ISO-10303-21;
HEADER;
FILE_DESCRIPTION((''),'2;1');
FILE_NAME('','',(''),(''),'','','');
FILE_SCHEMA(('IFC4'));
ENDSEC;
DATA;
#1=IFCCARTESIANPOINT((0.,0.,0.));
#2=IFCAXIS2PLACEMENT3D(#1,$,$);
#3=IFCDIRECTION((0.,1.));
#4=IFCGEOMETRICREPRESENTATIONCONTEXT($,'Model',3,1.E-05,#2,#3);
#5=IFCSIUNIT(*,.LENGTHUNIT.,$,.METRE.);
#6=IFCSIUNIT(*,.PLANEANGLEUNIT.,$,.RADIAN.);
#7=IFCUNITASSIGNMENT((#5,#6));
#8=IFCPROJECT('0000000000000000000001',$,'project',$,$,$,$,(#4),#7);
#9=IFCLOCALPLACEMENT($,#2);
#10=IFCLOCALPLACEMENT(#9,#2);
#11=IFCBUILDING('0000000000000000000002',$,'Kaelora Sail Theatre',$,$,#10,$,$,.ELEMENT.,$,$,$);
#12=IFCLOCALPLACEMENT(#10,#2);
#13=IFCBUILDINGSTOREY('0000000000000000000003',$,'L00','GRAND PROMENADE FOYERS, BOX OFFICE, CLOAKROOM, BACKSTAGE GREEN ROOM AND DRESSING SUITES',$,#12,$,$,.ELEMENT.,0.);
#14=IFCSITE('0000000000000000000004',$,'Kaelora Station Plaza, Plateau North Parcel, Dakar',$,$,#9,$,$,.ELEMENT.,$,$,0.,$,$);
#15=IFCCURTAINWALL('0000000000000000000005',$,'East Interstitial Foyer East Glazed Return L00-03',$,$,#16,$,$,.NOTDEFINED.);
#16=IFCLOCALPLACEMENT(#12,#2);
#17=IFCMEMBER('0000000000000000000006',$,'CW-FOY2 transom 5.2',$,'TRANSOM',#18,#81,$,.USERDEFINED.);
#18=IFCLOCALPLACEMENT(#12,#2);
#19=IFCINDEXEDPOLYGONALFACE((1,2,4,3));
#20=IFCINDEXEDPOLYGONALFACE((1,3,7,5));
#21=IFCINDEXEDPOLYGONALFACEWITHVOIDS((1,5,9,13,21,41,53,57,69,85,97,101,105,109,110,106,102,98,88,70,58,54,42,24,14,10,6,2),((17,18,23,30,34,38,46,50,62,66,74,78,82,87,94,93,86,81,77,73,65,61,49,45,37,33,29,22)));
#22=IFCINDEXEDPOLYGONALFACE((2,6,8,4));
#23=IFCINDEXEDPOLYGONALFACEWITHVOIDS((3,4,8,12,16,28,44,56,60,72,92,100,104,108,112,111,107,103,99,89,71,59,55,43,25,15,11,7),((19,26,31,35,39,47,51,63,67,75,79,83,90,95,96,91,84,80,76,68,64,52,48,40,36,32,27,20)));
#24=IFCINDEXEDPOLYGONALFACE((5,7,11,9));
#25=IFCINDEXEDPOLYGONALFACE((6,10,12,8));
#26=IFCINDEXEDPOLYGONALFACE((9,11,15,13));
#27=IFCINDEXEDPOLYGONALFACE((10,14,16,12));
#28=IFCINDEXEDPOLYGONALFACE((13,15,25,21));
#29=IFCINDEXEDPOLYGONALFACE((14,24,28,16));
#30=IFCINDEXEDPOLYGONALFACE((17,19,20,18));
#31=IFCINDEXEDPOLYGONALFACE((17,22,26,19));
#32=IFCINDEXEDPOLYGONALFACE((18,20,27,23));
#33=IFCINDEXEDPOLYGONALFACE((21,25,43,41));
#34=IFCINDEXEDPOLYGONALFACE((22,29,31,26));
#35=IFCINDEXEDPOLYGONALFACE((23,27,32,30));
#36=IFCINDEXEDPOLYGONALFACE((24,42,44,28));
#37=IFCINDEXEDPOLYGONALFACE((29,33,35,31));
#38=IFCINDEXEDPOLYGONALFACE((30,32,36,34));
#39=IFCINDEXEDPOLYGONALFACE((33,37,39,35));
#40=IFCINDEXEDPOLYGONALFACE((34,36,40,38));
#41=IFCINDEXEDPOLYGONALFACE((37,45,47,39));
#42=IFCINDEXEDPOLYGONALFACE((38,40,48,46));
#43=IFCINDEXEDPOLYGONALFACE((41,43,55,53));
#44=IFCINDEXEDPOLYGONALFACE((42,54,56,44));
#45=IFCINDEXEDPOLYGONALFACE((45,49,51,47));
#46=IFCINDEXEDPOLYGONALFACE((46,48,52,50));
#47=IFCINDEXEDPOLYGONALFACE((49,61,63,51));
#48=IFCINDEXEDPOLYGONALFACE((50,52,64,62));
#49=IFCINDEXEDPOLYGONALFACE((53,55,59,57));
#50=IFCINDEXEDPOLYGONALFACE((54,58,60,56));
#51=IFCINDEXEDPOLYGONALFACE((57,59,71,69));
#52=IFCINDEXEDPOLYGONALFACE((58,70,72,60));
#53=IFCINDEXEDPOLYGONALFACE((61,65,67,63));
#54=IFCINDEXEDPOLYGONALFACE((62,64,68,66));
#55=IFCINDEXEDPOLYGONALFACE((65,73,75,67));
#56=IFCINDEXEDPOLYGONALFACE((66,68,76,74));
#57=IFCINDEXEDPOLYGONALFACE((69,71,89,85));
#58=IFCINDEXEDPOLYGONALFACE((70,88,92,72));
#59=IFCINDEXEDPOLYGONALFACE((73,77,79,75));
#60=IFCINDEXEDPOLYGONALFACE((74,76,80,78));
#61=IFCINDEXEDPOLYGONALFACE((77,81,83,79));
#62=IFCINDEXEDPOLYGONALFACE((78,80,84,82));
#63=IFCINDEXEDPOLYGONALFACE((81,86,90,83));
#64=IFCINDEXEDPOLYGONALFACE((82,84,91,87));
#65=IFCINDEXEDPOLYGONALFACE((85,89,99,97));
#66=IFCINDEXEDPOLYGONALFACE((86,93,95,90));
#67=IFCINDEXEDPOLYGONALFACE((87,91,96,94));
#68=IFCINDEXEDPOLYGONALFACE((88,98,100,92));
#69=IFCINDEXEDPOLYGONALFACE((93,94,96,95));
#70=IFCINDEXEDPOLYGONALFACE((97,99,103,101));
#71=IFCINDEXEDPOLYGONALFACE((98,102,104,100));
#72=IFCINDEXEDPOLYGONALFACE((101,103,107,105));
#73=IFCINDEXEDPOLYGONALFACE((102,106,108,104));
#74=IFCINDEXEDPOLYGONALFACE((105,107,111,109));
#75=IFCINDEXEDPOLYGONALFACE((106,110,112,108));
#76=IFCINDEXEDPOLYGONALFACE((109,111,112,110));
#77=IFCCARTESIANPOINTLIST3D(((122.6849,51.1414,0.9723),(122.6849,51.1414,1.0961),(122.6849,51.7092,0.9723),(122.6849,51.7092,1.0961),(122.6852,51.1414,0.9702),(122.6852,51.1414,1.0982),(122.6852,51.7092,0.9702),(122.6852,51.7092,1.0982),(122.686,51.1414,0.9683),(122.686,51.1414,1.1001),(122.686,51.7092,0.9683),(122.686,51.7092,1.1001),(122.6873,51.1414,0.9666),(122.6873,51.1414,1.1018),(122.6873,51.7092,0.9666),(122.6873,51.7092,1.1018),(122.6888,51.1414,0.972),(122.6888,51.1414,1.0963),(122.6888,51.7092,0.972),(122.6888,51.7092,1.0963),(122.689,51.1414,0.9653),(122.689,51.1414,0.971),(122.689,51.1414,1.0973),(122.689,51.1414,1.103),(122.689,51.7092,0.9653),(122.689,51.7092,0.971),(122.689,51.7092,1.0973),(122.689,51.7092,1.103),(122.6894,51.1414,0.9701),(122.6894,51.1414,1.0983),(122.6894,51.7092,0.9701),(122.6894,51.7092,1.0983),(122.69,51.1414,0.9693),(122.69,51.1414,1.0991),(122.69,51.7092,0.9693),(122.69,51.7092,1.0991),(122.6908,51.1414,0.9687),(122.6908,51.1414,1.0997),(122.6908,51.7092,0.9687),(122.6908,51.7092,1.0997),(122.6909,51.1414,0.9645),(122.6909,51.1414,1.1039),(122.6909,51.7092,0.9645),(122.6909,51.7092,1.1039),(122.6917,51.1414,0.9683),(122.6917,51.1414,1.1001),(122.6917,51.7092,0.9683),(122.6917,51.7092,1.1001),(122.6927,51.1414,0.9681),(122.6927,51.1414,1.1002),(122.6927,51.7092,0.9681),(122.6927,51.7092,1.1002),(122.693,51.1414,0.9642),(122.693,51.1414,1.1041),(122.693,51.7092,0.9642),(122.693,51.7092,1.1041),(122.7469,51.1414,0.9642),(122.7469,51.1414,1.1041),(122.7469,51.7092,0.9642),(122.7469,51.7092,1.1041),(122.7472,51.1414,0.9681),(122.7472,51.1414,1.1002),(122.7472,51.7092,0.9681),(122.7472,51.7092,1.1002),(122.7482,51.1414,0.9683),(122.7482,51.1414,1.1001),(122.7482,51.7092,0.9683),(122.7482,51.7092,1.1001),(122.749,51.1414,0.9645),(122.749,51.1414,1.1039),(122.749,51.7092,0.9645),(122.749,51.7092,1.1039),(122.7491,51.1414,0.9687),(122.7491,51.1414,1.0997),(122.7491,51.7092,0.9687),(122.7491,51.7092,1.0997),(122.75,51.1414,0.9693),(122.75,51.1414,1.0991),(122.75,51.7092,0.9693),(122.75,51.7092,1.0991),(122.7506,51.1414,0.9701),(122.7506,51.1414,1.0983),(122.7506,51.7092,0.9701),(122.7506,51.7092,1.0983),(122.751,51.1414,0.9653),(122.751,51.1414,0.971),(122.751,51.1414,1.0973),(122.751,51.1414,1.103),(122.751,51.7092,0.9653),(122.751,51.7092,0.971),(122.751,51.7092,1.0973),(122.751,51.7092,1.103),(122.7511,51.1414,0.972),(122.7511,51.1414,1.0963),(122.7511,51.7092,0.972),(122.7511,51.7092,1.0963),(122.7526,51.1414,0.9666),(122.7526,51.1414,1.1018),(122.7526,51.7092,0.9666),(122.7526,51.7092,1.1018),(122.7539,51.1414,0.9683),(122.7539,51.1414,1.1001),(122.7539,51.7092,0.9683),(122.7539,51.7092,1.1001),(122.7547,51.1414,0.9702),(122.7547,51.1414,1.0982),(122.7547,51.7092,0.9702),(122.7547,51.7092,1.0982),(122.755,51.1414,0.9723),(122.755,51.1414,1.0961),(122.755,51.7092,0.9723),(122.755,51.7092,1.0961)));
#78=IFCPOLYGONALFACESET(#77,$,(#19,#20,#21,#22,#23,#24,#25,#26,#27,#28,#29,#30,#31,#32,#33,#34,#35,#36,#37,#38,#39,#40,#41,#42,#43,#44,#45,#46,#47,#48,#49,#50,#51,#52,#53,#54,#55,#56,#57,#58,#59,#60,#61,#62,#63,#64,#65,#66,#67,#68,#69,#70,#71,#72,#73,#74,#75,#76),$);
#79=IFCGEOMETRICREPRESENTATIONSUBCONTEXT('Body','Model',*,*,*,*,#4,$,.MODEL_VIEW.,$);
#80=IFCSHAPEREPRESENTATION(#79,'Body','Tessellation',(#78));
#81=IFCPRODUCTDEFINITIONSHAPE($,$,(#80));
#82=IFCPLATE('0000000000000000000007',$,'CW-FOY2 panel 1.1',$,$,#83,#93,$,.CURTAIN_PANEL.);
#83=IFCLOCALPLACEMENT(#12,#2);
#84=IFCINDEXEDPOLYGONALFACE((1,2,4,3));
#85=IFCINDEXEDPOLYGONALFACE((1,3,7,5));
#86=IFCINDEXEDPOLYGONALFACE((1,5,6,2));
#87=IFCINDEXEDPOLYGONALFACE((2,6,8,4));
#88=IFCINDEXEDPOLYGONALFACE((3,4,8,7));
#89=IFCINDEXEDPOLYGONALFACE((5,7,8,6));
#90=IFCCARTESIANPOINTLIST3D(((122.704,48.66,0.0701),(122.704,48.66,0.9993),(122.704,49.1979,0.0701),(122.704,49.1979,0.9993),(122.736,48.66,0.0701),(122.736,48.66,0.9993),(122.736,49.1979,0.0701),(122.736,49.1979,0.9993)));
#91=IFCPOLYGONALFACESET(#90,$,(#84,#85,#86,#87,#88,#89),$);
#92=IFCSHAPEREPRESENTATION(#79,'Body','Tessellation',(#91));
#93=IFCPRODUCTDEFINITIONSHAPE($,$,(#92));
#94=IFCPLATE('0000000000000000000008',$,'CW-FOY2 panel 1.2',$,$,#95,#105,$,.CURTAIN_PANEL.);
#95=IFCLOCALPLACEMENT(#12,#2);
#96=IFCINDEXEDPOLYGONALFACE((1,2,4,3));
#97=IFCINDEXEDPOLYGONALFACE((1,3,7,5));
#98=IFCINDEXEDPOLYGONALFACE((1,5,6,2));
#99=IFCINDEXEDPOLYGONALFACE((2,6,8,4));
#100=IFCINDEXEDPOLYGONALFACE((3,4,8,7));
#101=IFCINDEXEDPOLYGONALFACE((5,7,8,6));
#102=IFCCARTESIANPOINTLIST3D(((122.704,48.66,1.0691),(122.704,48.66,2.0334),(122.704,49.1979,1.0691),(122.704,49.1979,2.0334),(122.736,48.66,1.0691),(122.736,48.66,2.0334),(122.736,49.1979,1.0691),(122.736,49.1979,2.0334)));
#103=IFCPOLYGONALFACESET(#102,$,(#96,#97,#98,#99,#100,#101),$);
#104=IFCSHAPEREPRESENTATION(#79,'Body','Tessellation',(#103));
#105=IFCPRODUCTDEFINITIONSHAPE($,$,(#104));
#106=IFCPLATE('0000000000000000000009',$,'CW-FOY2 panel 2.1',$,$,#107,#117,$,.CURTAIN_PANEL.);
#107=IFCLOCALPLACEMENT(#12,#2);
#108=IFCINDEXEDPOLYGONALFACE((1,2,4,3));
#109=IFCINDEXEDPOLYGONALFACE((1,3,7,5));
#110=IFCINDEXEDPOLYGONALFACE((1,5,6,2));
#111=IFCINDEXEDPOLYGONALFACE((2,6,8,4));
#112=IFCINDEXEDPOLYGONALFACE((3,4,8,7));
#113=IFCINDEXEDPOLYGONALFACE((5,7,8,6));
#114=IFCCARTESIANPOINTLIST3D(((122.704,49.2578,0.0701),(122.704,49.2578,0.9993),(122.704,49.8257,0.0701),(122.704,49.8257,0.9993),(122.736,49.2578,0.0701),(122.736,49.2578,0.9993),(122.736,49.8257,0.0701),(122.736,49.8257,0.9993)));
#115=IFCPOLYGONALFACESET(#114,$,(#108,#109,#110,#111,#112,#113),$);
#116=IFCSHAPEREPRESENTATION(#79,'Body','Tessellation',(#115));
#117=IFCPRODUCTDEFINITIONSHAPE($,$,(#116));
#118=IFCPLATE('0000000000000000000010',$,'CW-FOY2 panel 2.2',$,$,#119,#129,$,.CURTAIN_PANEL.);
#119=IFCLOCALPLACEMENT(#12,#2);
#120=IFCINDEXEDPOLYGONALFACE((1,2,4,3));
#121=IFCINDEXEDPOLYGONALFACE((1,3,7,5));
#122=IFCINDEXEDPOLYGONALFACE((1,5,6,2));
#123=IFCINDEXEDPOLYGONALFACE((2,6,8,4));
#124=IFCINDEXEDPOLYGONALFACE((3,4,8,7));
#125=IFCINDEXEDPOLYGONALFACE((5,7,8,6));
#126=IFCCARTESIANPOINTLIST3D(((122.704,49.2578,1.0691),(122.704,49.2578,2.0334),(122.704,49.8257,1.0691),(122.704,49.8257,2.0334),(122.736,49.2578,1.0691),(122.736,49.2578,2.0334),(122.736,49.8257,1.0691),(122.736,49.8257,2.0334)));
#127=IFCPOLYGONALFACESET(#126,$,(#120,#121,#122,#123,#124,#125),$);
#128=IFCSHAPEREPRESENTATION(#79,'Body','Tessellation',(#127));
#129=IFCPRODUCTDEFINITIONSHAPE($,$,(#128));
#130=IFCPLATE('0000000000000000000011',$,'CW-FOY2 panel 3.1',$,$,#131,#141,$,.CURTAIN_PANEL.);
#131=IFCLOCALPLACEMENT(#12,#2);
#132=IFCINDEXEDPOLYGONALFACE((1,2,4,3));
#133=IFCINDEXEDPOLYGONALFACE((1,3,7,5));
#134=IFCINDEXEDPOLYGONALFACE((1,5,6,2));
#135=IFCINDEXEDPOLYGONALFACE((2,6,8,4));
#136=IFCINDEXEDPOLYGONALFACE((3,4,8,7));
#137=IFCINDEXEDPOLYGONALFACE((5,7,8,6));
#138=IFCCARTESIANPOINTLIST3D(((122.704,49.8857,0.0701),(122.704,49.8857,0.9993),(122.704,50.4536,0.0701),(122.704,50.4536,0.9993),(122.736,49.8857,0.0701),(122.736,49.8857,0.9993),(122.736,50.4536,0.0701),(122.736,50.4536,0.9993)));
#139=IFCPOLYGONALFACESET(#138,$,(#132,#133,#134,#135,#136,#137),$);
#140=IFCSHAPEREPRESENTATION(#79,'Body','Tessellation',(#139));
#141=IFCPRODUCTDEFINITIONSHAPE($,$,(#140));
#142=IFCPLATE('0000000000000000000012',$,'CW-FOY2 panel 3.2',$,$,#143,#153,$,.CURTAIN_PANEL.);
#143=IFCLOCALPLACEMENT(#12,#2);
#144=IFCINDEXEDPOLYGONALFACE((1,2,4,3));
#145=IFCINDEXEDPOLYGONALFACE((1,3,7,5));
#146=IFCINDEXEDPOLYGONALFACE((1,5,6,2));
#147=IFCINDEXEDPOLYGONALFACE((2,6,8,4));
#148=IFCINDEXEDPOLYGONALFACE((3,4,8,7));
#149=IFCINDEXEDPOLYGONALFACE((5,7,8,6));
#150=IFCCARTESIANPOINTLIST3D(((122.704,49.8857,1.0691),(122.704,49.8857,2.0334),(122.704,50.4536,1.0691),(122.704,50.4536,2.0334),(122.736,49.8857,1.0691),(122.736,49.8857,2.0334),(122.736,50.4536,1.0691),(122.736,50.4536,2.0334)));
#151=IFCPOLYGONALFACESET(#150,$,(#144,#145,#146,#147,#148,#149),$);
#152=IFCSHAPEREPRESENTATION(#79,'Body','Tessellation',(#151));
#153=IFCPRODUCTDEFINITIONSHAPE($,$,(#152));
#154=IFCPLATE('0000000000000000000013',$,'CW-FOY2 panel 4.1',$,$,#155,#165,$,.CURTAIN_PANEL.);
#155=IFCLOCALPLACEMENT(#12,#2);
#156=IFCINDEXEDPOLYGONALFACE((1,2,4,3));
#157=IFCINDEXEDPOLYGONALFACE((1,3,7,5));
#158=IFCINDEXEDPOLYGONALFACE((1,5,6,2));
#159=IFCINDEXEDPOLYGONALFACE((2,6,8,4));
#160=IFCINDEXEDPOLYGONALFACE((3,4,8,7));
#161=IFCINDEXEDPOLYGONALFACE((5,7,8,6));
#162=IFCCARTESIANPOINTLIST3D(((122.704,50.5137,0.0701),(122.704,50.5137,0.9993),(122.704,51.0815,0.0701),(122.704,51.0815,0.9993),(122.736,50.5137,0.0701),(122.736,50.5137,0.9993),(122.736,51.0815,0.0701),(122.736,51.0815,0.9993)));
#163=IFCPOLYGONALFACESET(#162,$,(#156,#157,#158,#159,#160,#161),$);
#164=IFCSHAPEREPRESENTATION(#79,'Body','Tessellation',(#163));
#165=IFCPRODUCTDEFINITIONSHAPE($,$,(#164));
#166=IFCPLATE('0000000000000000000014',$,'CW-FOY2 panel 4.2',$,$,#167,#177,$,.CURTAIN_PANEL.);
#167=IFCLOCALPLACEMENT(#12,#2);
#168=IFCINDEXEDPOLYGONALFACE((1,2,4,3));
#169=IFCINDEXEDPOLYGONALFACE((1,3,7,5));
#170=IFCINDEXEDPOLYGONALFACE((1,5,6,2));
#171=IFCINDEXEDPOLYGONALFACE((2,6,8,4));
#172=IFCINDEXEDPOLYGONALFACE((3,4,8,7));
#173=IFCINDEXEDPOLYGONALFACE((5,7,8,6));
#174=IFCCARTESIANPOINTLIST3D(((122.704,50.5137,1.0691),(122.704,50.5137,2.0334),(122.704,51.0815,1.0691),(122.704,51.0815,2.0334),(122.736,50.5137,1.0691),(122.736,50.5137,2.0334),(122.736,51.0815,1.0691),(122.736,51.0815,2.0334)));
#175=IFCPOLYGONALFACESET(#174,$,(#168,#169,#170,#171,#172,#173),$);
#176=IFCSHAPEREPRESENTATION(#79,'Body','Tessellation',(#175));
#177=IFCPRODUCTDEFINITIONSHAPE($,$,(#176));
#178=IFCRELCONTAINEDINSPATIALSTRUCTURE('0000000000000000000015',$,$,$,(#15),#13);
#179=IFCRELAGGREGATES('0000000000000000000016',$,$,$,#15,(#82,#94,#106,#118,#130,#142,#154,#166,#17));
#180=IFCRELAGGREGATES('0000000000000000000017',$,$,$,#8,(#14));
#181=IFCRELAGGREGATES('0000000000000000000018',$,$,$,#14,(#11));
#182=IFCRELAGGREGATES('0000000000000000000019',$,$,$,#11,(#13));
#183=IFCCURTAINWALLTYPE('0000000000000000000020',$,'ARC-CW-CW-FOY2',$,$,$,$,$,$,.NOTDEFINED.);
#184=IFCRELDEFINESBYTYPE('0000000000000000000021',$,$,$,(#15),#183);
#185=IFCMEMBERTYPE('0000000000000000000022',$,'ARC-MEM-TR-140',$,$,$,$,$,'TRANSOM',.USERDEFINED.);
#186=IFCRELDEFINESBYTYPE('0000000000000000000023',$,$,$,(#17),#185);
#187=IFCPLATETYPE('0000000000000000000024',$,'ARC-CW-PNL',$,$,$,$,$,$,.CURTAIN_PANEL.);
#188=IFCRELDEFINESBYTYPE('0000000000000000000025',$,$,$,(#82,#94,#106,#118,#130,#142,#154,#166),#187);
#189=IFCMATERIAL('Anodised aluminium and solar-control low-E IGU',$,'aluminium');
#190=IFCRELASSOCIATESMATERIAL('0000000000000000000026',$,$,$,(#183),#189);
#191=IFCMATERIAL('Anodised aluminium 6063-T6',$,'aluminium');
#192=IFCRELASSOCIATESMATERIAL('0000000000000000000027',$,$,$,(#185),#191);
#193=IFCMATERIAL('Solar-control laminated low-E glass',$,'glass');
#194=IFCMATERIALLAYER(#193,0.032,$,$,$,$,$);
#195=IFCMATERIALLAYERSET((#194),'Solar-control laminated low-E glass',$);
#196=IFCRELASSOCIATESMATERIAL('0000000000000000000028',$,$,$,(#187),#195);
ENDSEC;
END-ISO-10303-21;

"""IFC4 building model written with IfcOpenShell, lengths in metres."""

from ifc_helpers import new_model, si_unit, direction, frame, origin, origin_2d, place, context, subcontext, project, spatial, rectangle, hollow_rectangle, extrude, material, layer, layer_set, material_profile, profile_set, type_object, element, aggregate, save


model = new_model("IFC4")

# Units and contexts
model_context = context("Model", 3, precision=1e-05, world=origin(), true_north=direction((0.0, 1.0)))
body_context = subcontext(model_context, "Body", "Model", "MODEL_VIEW")
ifc_project = project(units=[si_unit("LENGTHUNIT", "METRE"), si_unit("PLANEANGLEUNIT", "RADIAN")], contexts=[model_context])

# Site, building, storey
site_placement = place(None, origin())
site = spatial("IfcSite", under=ifc_project, at=site_placement, Name="Kaelora Station Plaza, Plateau North Parcel, Dakar", CompositionType="ELEMENT", RefElevation=0.0)
building_placement = place(site_placement, origin())
building = spatial("IfcBuilding", under=site, at=building_placement, Name="Kaelora Sail Theatre", CompositionType="ELEMENT")
storey_placement = place(building_placement, origin())
storey = spatial("IfcBuildingStorey", under=building, at=storey_placement, Name="L00", Description="GRAND PROMENADE FOYERS, BOX OFFICE, CLOAKROOM, BACKSTAGE GREEN ROOM AND DRESSING SUITES", CompositionType="ELEMENT", Elevation=0.0)

# Curtain wall, member, plates
ifc_material_1 = material(Name="Anodised aluminium and solar-control low-E IGU", Category="aluminium")
curtain_wall_type = type_object("IfcCurtainWallType", Name="ARC-CW-CW-FOY2", PredefinedType="NOTDEFINED", material=ifc_material_1)
curtain_wall_placement = place(storey_placement, origin())
curtain_wall = element("IfcCurtainWall", 1, at=curtain_wall_placement, inside=storey, type_object=curtain_wall_type, Name="East Interstitial Foyer East Glazed Return L00-03", PredefinedType="NOTDEFINED")
ifc_material_2 = material(Name="Anodised aluminium 6063-T6", Category="aluminium")
ifc_material_profile_1 = material_profile(ifc_material_2, hollow_rectangle(XDim=0.0701, YDim=0.1399, WallThickness=0.0039, InnerFilletRadius=0.0039, OuterFilletRadius=0.0081, at=origin_2d()), Name="ALU-TRAN 70x140x4")
ifc_profile_set_1 = profile_set([ifc_material_profile_1], Name="Anodised aluminium 6063-T6")
member_type_1 = type_object("IfcMemberType", Name="ARC-MEM-TR-140", ElementType="TRANSOM", PredefinedType="USERDEFINED", material=ifc_profile_set_1)
member_1_placement = place(storey_placement, frame((122.72, 51.1414, 1.0342), z_axis=(0.0, 1.0, 0.0), x_axis=(-1.0, 0.0, 0.0)))
member_1 = element("IfcMember", 2, at=member_1_placement, type_object=member_type_1, Name="CW-FOY2 transom 5.2", ObjectType="TRANSOM", PredefinedType="USERDEFINED", context=body_context, shape_type="SweptSolid", body=[
    extrude(hollow_rectangle(XDim=0.0701, YDim=0.1399, WallThickness=0.0039, InnerFilletRadius=0.0039, OuterFilletRadius=0.0081, at=origin_2d()), origin(), (0.0, 0.0, 1.0), 0.5679),
])
ifc_material_3 = material(Name="Solar-control laminated low-E glass", Category="glass")
ifc_layer = layer(ifc_material_3, 0.032)
ifc_layer_set = layer_set([ifc_layer], Name="Solar-control laminated low-E glass")
plate_type = type_object("IfcPlateType", Name="ARC-CW-PNL", PredefinedType="CURTAIN_PANEL", material=ifc_layer_set)
plate_1_placement = place(storey_placement, frame((122.72, 48.929, 0.0701), z_axis=(0.0, 0.0, 1.0), x_axis=(0.0, 1.0, 0.0)))
plate_1 = element("IfcPlate", 3, at=plate_1_placement, type_object=plate_type, Name="CW-FOY2 panel 1.1", PredefinedType="CURTAIN_PANEL", context=body_context, shape_type="SweptSolid", body=[
    extrude(rectangle(XDim=0.5378, YDim=0.032, at=origin_2d()), origin(), (0.0, 0.0, 1.0), 0.9292),
])
plate_2_placement = place(storey_placement, frame((122.72, 48.929, 1.0691), z_axis=(0.0, 0.0, 1.0), x_axis=(0.0, 1.0, 0.0)))
plate_2 = element("IfcPlate", 4, at=plate_2_placement, type_object=plate_type, Name="CW-FOY2 panel 1.2", PredefinedType="CURTAIN_PANEL", context=body_context, shape_type="SweptSolid", body=[
    extrude(rectangle(XDim=0.5378, YDim=0.032, at=origin_2d()), origin(), (0.0, 0.0, 1.0), 0.9644),
])
plate_3_placement = place(storey_placement, frame((122.72, 49.5417, 0.0701), z_axis=(0.0, 0.0, 1.0), x_axis=(0.0, 1.0, 0.0)))
plate_3 = element("IfcPlate", 5, at=plate_3_placement, type_object=plate_type, Name="CW-FOY2 panel 2.1", PredefinedType="CURTAIN_PANEL", context=body_context, shape_type="SweptSolid", body=[
    extrude(rectangle(XDim=0.5679, YDim=0.032, at=origin_2d()), origin(), (0.0, 0.0, 1.0), 0.9292),
])
plate_4_placement = place(storey_placement, frame((122.72, 49.5417, 1.0691), z_axis=(0.0, 0.0, 1.0), x_axis=(0.0, 1.0, 0.0)))
plate_4 = element("IfcPlate", 6, at=plate_4_placement, type_object=plate_type, Name="CW-FOY2 panel 2.2", PredefinedType="CURTAIN_PANEL", context=body_context, shape_type="SweptSolid", body=[
    extrude(rectangle(XDim=0.5679, YDim=0.032, at=origin_2d()), origin(), (0.0, 0.0, 1.0), 0.9644),
])
plate_5_placement = place(storey_placement, frame((122.72, 50.1697, 0.0701), z_axis=(0.0, 0.0, 1.0), x_axis=(0.0, 1.0, 0.0)))
plate_5 = element("IfcPlate", 7, at=plate_5_placement, type_object=plate_type, Name="CW-FOY2 panel 3.1", PredefinedType="CURTAIN_PANEL", context=body_context, shape_type="SweptSolid", body=[
    extrude(rectangle(XDim=0.5679, YDim=0.032, at=origin_2d()), origin(), (0.0, 0.0, 1.0), 0.9292),
])
plate_6_placement = place(storey_placement, frame((122.72, 50.1697, 1.0691), z_axis=(0.0, 0.0, 1.0), x_axis=(0.0, 1.0, 0.0)))
plate_6 = element("IfcPlate", 8, at=plate_6_placement, type_object=plate_type, Name="CW-FOY2 panel 3.2", PredefinedType="CURTAIN_PANEL", context=body_context, shape_type="SweptSolid", body=[
    extrude(rectangle(XDim=0.5679, YDim=0.032, at=origin_2d()), origin(), (0.0, 0.0, 1.0), 0.9644),
])
plate_7_placement = place(storey_placement, frame((122.72, 50.7976, 0.0701), z_axis=(0.0, 0.0, 1.0), x_axis=(0.0, 1.0, 0.0)))
plate_7 = element("IfcPlate", 9, at=plate_7_placement, type_object=plate_type, Name="CW-FOY2 panel 4.1", PredefinedType="CURTAIN_PANEL", context=body_context, shape_type="SweptSolid", body=[
    extrude(rectangle(XDim=0.5679, YDim=0.032, at=origin_2d()), origin(), (0.0, 0.0, 1.0), 0.9292),
])
plate_8_placement = place(storey_placement, frame((122.72, 50.7976, 1.0691), z_axis=(0.0, 0.0, 1.0), x_axis=(0.0, 1.0, 0.0)))
plate_8 = element("IfcPlate", 10, at=plate_8_placement, type_object=plate_type, Name="CW-FOY2 panel 4.2", PredefinedType="CURTAIN_PANEL", context=body_context, shape_type="SweptSolid", body=[
    extrude(rectangle(XDim=0.5679, YDim=0.032, at=origin_2d()), origin(), (0.0, 0.0, 1.0), 0.9644),
])
aggregate(curtain_wall, [plate_1, plate_2, plate_3, plate_4, plate_5, plate_6, plate_7, plate_8, member_1])

save(model, "model.ifc")
